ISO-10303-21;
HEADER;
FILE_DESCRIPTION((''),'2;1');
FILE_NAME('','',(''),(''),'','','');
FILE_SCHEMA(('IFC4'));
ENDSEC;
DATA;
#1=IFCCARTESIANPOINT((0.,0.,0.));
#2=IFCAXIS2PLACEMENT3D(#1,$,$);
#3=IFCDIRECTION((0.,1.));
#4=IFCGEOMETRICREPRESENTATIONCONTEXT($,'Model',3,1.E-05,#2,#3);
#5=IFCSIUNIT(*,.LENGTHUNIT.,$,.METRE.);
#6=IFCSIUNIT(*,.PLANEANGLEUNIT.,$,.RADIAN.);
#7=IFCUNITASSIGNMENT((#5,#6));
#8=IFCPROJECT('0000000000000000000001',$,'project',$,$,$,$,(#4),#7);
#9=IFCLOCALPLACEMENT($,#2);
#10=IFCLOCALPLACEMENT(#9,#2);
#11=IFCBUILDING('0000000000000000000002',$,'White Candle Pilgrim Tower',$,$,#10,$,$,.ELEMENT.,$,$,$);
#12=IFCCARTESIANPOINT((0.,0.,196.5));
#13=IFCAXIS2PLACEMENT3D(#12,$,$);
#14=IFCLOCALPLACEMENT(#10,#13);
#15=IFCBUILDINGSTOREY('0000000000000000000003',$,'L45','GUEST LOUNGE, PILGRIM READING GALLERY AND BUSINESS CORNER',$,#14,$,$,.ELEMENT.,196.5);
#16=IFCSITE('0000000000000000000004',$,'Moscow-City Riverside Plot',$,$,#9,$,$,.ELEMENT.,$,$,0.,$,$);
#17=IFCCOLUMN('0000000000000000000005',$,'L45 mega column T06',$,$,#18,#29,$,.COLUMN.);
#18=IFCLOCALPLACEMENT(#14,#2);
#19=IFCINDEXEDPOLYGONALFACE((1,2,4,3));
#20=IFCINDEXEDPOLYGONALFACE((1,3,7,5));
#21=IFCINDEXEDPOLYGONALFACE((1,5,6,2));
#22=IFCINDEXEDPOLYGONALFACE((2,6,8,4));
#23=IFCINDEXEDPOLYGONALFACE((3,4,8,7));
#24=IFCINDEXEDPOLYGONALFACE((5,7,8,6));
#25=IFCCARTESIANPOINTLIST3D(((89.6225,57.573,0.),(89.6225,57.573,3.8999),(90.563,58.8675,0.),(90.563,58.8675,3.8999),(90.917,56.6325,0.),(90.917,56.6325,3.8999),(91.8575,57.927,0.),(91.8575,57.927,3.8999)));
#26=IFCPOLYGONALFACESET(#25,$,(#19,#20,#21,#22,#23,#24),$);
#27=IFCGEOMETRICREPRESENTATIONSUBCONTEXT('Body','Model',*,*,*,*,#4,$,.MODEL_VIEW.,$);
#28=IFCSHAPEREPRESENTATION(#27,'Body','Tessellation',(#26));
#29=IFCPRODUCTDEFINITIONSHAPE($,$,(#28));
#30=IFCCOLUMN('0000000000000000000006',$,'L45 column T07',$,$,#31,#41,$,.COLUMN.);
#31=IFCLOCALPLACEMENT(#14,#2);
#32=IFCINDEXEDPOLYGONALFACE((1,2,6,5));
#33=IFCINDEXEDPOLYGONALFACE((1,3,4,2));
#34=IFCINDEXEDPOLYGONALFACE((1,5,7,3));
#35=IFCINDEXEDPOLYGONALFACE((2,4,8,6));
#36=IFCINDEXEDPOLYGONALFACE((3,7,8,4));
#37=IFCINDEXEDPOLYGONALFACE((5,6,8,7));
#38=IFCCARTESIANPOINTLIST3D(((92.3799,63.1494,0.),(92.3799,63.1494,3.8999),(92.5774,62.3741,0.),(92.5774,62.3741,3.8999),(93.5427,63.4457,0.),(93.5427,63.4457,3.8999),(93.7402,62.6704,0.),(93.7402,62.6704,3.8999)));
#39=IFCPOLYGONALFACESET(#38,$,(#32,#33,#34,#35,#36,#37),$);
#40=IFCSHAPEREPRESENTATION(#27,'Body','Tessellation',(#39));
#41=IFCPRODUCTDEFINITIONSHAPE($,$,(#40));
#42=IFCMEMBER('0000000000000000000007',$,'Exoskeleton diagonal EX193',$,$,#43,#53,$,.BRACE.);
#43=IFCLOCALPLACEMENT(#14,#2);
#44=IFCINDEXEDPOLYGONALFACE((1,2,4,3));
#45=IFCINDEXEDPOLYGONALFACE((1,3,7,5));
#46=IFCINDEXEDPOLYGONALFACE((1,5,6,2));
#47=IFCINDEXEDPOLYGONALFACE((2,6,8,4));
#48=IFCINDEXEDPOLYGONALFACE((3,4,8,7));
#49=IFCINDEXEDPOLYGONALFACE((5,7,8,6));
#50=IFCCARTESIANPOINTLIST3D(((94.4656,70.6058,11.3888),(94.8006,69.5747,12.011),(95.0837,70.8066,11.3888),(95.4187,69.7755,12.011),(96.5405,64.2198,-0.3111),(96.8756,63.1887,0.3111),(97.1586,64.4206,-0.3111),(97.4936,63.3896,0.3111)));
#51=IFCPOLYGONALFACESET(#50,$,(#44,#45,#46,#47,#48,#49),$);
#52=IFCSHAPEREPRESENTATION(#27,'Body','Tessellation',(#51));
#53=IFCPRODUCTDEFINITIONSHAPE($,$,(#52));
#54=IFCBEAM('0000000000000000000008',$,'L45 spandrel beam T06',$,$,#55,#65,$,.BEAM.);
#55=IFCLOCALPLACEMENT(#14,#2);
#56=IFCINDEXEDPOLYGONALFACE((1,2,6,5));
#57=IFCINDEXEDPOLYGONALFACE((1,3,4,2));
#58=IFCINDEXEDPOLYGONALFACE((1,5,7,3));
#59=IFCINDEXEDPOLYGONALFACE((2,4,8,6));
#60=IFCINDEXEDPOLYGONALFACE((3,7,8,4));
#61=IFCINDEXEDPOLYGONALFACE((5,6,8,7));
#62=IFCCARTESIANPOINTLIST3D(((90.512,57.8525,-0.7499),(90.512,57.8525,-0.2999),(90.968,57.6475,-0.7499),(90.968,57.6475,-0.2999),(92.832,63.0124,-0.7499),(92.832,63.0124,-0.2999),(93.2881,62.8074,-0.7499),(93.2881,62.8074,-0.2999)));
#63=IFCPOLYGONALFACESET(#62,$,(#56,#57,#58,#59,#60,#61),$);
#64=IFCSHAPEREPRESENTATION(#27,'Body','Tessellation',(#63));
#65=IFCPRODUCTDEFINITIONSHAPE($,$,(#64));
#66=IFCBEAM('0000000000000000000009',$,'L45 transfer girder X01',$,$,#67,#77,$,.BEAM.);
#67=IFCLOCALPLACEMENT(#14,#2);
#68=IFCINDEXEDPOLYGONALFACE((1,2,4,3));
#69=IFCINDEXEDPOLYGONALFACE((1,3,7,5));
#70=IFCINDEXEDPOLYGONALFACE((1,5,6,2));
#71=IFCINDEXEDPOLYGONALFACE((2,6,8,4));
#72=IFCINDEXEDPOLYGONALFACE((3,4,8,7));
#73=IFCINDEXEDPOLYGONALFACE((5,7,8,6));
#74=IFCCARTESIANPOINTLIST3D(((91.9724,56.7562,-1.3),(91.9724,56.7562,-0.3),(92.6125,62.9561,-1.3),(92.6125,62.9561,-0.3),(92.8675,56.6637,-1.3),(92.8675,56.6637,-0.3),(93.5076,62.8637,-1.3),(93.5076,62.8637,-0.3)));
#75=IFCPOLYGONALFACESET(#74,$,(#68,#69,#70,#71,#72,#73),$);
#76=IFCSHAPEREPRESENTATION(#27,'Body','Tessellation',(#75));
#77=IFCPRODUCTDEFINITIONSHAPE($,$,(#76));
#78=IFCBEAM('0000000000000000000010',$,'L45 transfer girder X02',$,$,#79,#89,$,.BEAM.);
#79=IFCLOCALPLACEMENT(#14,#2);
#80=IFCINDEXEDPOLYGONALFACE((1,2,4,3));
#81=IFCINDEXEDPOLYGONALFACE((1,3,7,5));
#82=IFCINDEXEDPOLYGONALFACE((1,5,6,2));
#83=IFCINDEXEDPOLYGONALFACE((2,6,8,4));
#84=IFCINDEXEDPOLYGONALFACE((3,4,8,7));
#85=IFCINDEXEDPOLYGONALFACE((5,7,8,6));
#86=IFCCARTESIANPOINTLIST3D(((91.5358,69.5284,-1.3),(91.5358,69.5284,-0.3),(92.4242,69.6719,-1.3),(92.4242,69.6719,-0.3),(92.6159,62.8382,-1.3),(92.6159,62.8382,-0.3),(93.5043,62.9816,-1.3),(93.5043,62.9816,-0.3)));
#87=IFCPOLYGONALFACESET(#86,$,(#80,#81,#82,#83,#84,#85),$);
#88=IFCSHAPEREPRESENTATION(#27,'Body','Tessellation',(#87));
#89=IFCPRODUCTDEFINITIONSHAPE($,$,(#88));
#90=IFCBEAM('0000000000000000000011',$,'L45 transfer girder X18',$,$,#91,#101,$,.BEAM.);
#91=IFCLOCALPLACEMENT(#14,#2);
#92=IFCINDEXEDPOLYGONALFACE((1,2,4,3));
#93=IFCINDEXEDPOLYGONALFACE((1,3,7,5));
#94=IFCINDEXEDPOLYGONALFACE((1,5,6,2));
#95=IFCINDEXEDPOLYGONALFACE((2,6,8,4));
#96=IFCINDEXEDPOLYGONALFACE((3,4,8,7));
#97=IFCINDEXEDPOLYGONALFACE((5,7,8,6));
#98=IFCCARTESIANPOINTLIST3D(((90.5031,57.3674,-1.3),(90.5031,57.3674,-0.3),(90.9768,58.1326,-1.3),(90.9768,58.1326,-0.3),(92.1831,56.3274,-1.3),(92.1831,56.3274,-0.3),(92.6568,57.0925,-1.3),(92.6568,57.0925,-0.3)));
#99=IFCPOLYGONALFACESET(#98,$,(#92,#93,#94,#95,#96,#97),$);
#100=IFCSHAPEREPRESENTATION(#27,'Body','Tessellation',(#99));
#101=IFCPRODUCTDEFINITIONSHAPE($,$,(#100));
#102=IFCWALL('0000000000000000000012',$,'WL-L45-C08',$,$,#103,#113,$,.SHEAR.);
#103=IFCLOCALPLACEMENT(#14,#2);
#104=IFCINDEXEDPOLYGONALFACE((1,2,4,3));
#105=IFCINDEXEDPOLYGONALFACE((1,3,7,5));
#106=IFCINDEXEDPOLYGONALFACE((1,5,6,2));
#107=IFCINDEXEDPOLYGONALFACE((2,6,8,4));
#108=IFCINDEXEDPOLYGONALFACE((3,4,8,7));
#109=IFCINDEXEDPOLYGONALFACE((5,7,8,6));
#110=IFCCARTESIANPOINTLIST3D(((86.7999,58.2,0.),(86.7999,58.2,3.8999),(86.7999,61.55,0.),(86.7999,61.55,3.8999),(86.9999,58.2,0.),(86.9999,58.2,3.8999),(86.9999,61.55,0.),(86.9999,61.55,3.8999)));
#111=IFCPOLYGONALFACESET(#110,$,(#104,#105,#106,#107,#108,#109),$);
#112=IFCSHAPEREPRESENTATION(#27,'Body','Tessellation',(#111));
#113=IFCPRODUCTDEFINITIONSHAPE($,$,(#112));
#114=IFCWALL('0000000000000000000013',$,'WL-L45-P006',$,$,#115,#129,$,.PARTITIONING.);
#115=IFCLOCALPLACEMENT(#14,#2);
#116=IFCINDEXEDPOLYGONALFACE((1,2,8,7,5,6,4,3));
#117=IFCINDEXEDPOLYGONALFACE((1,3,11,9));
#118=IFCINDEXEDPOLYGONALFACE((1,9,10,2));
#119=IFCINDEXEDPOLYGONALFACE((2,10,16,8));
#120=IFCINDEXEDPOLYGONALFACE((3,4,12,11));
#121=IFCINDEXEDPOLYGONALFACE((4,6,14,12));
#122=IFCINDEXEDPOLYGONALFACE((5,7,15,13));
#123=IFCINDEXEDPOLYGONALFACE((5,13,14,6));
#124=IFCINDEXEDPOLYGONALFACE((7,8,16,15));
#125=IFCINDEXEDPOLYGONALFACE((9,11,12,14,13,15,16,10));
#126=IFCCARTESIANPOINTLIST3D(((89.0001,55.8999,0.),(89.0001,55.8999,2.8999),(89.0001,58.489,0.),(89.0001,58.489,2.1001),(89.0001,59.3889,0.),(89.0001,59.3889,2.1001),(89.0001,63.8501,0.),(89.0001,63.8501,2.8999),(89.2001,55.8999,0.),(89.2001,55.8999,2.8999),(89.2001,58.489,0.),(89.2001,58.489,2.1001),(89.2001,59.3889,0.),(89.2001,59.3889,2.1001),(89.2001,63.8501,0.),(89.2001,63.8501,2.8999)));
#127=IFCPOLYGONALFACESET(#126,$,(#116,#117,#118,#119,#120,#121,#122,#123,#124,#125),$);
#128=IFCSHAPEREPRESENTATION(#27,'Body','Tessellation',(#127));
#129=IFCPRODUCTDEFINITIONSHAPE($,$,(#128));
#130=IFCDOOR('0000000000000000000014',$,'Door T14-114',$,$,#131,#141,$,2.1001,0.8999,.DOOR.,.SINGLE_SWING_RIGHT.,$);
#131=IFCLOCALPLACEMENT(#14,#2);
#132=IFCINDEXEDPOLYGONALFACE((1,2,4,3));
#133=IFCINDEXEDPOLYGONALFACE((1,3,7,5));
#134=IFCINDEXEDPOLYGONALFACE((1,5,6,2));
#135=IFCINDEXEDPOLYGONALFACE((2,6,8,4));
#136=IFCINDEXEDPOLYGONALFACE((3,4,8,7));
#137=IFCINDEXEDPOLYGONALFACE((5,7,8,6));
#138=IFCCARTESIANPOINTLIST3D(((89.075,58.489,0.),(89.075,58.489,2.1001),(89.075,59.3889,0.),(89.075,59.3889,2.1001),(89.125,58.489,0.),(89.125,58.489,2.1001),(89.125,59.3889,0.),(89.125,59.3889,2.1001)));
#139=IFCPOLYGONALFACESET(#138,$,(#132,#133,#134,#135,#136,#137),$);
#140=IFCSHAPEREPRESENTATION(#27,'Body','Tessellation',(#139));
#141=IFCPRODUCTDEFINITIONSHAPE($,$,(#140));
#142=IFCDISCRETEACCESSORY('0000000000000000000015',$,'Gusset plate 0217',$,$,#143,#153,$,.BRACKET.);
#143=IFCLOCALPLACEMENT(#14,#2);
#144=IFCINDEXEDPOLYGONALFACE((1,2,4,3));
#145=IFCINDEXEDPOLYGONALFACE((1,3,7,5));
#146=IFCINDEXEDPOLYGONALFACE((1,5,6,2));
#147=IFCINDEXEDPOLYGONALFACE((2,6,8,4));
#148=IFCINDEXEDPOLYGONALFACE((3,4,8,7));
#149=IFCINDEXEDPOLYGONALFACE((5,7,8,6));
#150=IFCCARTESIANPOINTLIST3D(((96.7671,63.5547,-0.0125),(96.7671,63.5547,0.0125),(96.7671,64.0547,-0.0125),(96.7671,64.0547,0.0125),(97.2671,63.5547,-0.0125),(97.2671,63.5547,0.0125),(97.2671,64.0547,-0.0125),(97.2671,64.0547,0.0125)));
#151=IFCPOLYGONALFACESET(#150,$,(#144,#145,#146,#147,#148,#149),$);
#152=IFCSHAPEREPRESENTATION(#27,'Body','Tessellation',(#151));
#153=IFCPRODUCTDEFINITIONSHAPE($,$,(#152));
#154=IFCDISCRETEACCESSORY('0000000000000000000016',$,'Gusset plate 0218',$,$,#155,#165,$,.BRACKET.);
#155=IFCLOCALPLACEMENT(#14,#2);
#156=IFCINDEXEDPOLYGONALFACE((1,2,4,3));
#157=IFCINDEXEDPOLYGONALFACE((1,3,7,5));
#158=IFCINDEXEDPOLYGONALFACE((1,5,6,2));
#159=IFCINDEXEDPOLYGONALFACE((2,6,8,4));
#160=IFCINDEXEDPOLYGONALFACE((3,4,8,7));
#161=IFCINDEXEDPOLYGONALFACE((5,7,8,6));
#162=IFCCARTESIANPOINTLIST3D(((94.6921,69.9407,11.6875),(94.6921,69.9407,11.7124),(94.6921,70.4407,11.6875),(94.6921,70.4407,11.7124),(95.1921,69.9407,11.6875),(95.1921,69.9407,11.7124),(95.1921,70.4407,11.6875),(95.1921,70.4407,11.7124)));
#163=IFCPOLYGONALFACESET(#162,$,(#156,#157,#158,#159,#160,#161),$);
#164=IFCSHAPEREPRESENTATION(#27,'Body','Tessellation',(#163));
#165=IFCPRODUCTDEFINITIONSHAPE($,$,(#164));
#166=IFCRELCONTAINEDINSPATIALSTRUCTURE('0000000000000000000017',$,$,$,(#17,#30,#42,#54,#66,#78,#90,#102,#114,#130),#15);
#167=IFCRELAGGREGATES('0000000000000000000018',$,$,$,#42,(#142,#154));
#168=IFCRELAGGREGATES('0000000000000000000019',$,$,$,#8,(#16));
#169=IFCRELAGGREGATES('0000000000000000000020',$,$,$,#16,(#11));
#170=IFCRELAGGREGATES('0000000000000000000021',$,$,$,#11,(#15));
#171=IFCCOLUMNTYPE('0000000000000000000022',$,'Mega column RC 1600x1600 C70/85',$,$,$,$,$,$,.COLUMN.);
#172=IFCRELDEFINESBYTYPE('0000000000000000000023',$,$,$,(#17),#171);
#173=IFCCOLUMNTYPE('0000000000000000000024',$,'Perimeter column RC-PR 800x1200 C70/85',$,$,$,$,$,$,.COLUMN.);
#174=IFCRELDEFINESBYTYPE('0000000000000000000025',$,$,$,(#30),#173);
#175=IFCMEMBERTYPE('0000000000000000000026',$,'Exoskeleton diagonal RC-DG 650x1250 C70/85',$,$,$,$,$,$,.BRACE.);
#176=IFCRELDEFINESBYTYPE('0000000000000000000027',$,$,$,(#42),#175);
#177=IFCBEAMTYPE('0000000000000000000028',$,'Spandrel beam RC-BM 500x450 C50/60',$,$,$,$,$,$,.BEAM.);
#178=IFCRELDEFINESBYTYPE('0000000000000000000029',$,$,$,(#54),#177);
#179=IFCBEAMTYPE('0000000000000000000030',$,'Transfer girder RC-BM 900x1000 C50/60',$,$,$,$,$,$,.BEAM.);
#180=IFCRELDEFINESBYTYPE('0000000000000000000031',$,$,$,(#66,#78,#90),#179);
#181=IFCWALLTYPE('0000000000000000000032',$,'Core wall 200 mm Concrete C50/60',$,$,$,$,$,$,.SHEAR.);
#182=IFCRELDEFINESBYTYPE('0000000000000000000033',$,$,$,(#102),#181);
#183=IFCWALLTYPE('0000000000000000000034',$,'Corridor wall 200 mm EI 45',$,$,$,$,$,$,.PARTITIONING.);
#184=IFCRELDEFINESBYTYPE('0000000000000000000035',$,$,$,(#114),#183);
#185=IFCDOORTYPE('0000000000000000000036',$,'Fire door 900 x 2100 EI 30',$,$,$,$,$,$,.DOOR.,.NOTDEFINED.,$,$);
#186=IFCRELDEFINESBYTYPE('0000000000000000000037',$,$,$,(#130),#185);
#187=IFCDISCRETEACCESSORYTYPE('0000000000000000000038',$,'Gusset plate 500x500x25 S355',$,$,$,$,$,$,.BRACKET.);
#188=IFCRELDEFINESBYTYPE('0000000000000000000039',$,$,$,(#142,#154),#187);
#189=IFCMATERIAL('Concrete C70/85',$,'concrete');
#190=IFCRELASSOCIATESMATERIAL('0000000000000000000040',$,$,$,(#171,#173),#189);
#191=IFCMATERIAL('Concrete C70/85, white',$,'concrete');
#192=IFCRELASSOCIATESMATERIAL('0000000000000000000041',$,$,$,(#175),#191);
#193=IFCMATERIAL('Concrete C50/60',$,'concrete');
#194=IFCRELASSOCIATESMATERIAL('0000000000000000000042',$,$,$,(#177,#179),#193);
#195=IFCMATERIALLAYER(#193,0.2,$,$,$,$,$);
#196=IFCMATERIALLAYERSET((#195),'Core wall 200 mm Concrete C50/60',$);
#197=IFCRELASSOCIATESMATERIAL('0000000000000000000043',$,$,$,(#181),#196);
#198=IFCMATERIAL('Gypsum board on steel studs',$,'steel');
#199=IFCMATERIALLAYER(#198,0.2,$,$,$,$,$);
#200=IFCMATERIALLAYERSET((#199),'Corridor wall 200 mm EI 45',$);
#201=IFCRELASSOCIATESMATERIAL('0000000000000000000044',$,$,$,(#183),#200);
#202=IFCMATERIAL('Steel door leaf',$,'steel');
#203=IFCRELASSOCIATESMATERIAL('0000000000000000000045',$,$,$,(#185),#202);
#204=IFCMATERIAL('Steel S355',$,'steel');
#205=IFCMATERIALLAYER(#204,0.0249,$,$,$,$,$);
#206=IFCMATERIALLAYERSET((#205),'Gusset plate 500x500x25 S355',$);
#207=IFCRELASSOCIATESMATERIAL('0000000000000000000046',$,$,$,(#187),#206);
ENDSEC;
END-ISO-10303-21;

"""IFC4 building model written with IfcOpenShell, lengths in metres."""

from ifc_helpers import new_model, si_unit, direction, frame, frame_2d, origin, origin_2d, place, context, subcontext, project, spatial, rectangle, extrude, material, layer, layer_set, material_profile, profile_set, type_object, element, fill, aggregate, save


model = new_model("IFC4")

# Units and contexts
model_context = context("Model", 3, precision=1e-05, world=origin(), true_north=direction((0.0, 1.0)))
body_context = subcontext(model_context, "Body", "Model", "MODEL_VIEW")
ifc_project = project(units=[si_unit("LENGTHUNIT", "METRE"), si_unit("PLANEANGLEUNIT", "RADIAN")], contexts=[model_context])

# Site, building, storey
site_placement = place(None, origin())
site = spatial("IfcSite", under=ifc_project, at=site_placement, Name="Moscow-City Riverside Plot", CompositionType="ELEMENT", RefElevation=0.0)
building_placement = place(site_placement, origin())
building = spatial("IfcBuilding", under=site, at=building_placement, Name="White Candle Pilgrim Tower", CompositionType="ELEMENT")
storey_placement = place(building_placement, frame((0.0, 0.0, 196.5)))
storey = spatial("IfcBuildingStorey", under=building, at=storey_placement, Name="L45", Description="GUEST LOUNGE, PILGRIM READING GALLERY AND BUSINESS CORNER", CompositionType="ELEMENT", Elevation=196.5)

# Columns
ifc_material_1 = material(Name="Concrete C70/85", Category="concrete")
ifc_material_profile_1 = material_profile(ifc_material_1, rectangle(XDim=1.6001, YDim=1.6001, at=origin_2d()), Name="RC 1600x1600")
ifc_profile_set_1 = profile_set([ifc_material_profile_1], Name="Concrete C70/85")
column_type_1 = type_object("IfcColumnType", Name="Mega column RC 1600x1600 C70/85", PredefinedType="COLUMN", material=ifc_profile_set_1)
column_1_placement = place(storey_placement, frame((90.74, 57.75, 0.0), z_axis=(0.0, 0.0, 1.0), x_axis=(0.809017, -0.587785, 0.0)))
element("IfcColumn", 1, at=column_1_placement, inside=storey, type_object=column_type_1, Name="L45 mega column T06", PredefinedType="COLUMN", context=body_context, shape_type="SweptSolid", body=[
    extrude(rectangle(XDim=1.6001, YDim=1.6001, at=origin_2d()), origin(), (0.0, 0.0, 1.0), 3.8999),
])
ifc_material_profile_2 = material_profile(ifc_material_1, rectangle(XDim=0.8, YDim=1.2, at=origin_2d()), Name="RC-PR 800x1200")
ifc_profile_set_2 = profile_set([ifc_material_profile_2], Name="Concrete C70/85")
column_type_2 = type_object("IfcColumnType", Name="Perimeter column RC-PR 800x1200 C70/85", PredefinedType="COLUMN", material=ifc_profile_set_2)
column_2_placement = place(storey_placement, frame((93.0601, 62.9099, 0.0), z_axis=(0.0, 0.0, 1.0), x_axis=(0.246881, -0.969046, 0.0)))
element("IfcColumn", 2, at=column_2_placement, inside=storey, type_object=column_type_2, Name="L45 column T07", PredefinedType="COLUMN", context=body_context, shape_type="SweptSolid", body=[
    extrude(rectangle(XDim=0.8, YDim=1.2, at=origin_2d()), origin(), (0.0, 0.0, 1.0), 3.8999),
])

# Member
ifc_material_2 = material(Name="Concrete C70/85, white", Category="concrete")
ifc_material_profile_3 = material_profile(ifc_material_2, rectangle(XDim=0.6499, YDim=1.25, at=origin_2d()), Name="RC-DG 650x1250")
ifc_profile_set_3 = profile_set([ifc_material_profile_3], Name="Concrete C70/85, white")
member_type = type_object("IfcMemberType", Name="Exoskeleton diagonal RC-DG 650x1250 C70/85", PredefinedType="BRACE", material=ifc_profile_set_3)
member_placement = place(storey_placement, frame((97.0171, 63.8047, 0.0), z_axis=(-0.153816, 0.473393, 0.867317), x_axis=(-0.951056, -0.309019, 0.0)))
member = element("IfcMember", 3, at=member_placement, inside=storey, type_object=member_type, Name="Exoskeleton diagonal EX193", PredefinedType="BRACE", context=body_context, shape_type="SweptSolid", body=[
    extrude(rectangle(XDim=0.6499, YDim=1.25, at=origin_2d()), origin(), (0.0, 0.0, 1.0), 13.4897),
])

# Beams
ifc_material_3 = material(Name="Concrete C50/60", Category="concrete")
ifc_material_profile_4 = material_profile(ifc_material_3, rectangle(XDim=0.5, YDim=0.45, at=origin_2d()), Name="RC-BM 500x450")
ifc_profile_set_4 = profile_set([ifc_material_profile_4], Name="Concrete C50/60")
beam_type_1 = type_object("IfcBeamType", Name="Spandrel beam RC-BM 500x450 C50/60", PredefinedType="BEAM", material=ifc_profile_set_4)
beam_1_placement = place(storey_placement, frame((90.74, 57.75, -0.5249), z_axis=(0.410087, 0.912047, 0.0), x_axis=(-0.912047, 0.410087, 0.0)))
element("IfcBeam", 4, at=beam_1_placement, inside=storey, type_object=beam_type_1, Name="L45 spandrel beam T06", PredefinedType="BEAM", context=body_context, shape_type="SweptSolid", body=[
    extrude(rectangle(XDim=0.5, YDim=0.45, at=origin_2d()), origin(), (0.0, 0.0, 1.0), 5.6575),
])
ifc_material_profile_5 = material_profile(ifc_material_3, rectangle(XDim=0.8999, YDim=1.0, at=origin_2d()), Name="RC-BM 900x1000")
ifc_profile_set_5 = profile_set([ifc_material_profile_5], Name="Concrete C50/60")
beam_type_2 = type_object("IfcBeamType", Name="Transfer girder RC-BM 900x1000 C50/60", PredefinedType="BEAM", material=ifc_profile_set_5)
beam_2_placement = place(storey_placement, frame((92.4199, 56.71, -0.8), z_axis=(0.102703, 0.994712, 0.0), x_axis=(-0.994712, 0.102703, 0.0)))
element("IfcBeam", 5, at=beam_2_placement, inside=storey, type_object=beam_type_2, Name="L45 transfer girder X01", PredefinedType="BEAM", context=body_context, shape_type="SweptSolid", body=[
    extrude(rectangle(XDim=0.8999, YDim=1.0, at=origin_2d()), origin(), (0.0, 0.0, 1.0), 6.2329),
])
beam_3_placement = place(storey_placement, frame((93.0601, 62.9099, -0.8), z_axis=(-0.159379, 0.987218, 0.0), x_axis=(-0.987218, -0.159379, 0.0)))
element("IfcBeam", 6, at=beam_3_placement, inside=storey, type_object=beam_type_2, Name="L45 transfer girder X02", PredefinedType="BEAM", context=body_context, shape_type="SweptSolid", body=[
    extrude(rectangle(XDim=0.8999, YDim=1.0, at=origin_2d()), origin(), (0.0, 0.0, 1.0), 6.7769),
])
beam_4_placement = place(storey_placement, frame((90.74, 57.75, -0.8), z_axis=(0.850247, -0.526384, 0.0), x_axis=(0.526384, 0.850247, 0.0)))
element("IfcBeam", 7, at=beam_4_placement, inside=storey, type_object=beam_type_2, Name="L45 transfer girder X18", PredefinedType="BEAM", context=body_context, shape_type="SweptSolid", body=[
    extrude(rectangle(XDim=0.8999, YDim=1.0, at=origin_2d()), origin(), (0.0, 0.0, 1.0), 1.9758),
])

# Wall
ifc_layer_1 = layer(ifc_material_3, 0.2)
ifc_layer_set_1 = layer_set([ifc_layer_1], Name="Core wall 200 mm Concrete C50/60")
wall_type_1 = type_object("IfcWallType", Name="Core wall 200 mm Concrete C50/60", PredefinedType="SHEAR", material=ifc_layer_set_1)
wall_1_placement = place(storey_placement, frame((86.8999, 58.2, 0.0), z_axis=(0.0, 0.0, 1.0), x_axis=(0.0, 1.0, 0.0)))
element("IfcWall", 8, at=wall_1_placement, inside=storey, type_object=wall_type_1, Name="WL-L45-C08", PredefinedType="SHEAR", context=body_context, shape_type="SweptSolid", body=[
    extrude(rectangle(XDim=3.3501, YDim=0.2, at=frame_2d((1.675, 0.0))), origin(), (0.0, 0.0, 1.0), 3.8999),
])

# Wall, opening, door
ifc_material_4 = material(Name="Gypsum board on steel studs", Category="steel")
ifc_layer_2 = layer(ifc_material_4, 0.2)
ifc_layer_set_2 = layer_set([ifc_layer_2], Name="Corridor wall 200 mm EI 45")
wall_type_2 = type_object("IfcWallType", Name="Corridor wall 200 mm EI 45", PredefinedType="PARTITIONING", material=ifc_layer_set_2)
wall_2_placement = place(storey_placement, frame((89.1001, 63.8501, 0.0), z_axis=(0.0, 0.0, 1.0), x_axis=(0.0, -1.0, 0.0)))
wall_2 = element("IfcWall", 9, at=wall_2_placement, inside=storey, type_object=wall_type_2, Name="WL-L45-P006", PredefinedType="PARTITIONING", context=body_context, shape_type="SweptSolid", body=[
    extrude(rectangle(XDim=7.9502, YDim=0.2, at=frame_2d((3.9751, 0.0))), origin(), (0.0, 0.0, 1.0), 2.8999),
])
opening_1_placement = place(wall_2_placement, frame((4.4612, 0.0, 0.0)))
opening_1 = element("IfcOpeningElement", 10, at=opening_1_placement, cuts=wall_2, PredefinedType="OPENING", context=body_context, shape_type="SweptSolid", body=[
    extrude(rectangle(XDim=0.8999, YDim=2.1001, at=frame_2d((0.45, 1.05))), frame((0.0, 0.1099, 0.0), z_axis=(0.0, -1.0, 0.0), x_axis=(1.0, 0.0, 0.0)), (0.0, 0.0, 1.0), 0.22),
])
ifc_material_5 = material(Name="Steel door leaf", Category="steel")
door_type_1 = type_object("IfcDoorType", Name="Fire door 900 x 2100 EI 30", OperationType="NOTDEFINED", PredefinedType="DOOR", material=ifc_material_5)
door_1_placement = place(opening_1_placement, origin())
door_1 = element("IfcDoor", 11, at=door_1_placement, inside=storey, type_object=door_type_1, Name="Door T14-114", OperationType="SINGLE_SWING_RIGHT", OverallHeight=2.1001, OverallWidth=0.8999, PredefinedType="DOOR", context=body_context, shape_type="SweptSolid", body=[
    extrude(rectangle(XDim=0.8999, YDim=2.1001, at=frame_2d((0.45, 1.05))), frame((0.0, 0.0249, 0.0), z_axis=(0.0, -1.0, 0.0), x_axis=(1.0, 0.0, 0.0)), (0.0, 0.0, 1.0), 0.05),
])
fill(opening_1, door_1)

# Discrete accessories
ifc_material_6 = material(Name="Steel S355", Category="steel")
ifc_layer_3 = layer(ifc_material_6, 0.0249)
ifc_layer_set_3 = layer_set([ifc_layer_3], Name="Gusset plate 500x500x25 S355")
discrete_accessory_type = type_object("IfcDiscreteAccessoryType", Name="Gusset plate 500x500x25 S355", PredefinedType="BRACKET", material=ifc_layer_set_3)
discrete_accessory_1_placement = place(storey_placement, frame((97.0171, 63.8047, -0.0125), z_axis=(0.0, 0.0, 1.0), x_axis=(1.0, 0.0, 0.0)))
discrete_accessory_1 = element("IfcDiscreteAccessory", 12, at=discrete_accessory_1_placement, type_object=discrete_accessory_type, Name="Gusset plate 0217", PredefinedType="BRACKET", context=body_context, shape_type="SweptSolid", body=[
    extrude(rectangle(XDim=0.5, YDim=0.5, at=origin_2d()), origin(), (0.0, 0.0, 1.0), 0.0249),
])
placement = place(building_placement, frame((0.0, 0.0, 208.2)))
discrete_accessory_2_placement = place(placement, frame((94.9421, 70.1907, -0.0125), z_axis=(0.0, 0.0, 1.0), x_axis=(1.0, 0.0, 0.0)))
discrete_accessory_2 = element("IfcDiscreteAccessory", 13, at=discrete_accessory_2_placement, type_object=discrete_accessory_type, Name="Gusset plate 0218", PredefinedType="BRACKET", context=body_context, shape_type="SweptSolid", body=[
    extrude(rectangle(XDim=0.5, YDim=0.5, at=origin_2d()), origin(), (0.0, 0.0, 1.0), 0.0249),
])
aggregate(member, [discrete_accessory_1, discrete_accessory_2])

save(model, "model.ifc")
